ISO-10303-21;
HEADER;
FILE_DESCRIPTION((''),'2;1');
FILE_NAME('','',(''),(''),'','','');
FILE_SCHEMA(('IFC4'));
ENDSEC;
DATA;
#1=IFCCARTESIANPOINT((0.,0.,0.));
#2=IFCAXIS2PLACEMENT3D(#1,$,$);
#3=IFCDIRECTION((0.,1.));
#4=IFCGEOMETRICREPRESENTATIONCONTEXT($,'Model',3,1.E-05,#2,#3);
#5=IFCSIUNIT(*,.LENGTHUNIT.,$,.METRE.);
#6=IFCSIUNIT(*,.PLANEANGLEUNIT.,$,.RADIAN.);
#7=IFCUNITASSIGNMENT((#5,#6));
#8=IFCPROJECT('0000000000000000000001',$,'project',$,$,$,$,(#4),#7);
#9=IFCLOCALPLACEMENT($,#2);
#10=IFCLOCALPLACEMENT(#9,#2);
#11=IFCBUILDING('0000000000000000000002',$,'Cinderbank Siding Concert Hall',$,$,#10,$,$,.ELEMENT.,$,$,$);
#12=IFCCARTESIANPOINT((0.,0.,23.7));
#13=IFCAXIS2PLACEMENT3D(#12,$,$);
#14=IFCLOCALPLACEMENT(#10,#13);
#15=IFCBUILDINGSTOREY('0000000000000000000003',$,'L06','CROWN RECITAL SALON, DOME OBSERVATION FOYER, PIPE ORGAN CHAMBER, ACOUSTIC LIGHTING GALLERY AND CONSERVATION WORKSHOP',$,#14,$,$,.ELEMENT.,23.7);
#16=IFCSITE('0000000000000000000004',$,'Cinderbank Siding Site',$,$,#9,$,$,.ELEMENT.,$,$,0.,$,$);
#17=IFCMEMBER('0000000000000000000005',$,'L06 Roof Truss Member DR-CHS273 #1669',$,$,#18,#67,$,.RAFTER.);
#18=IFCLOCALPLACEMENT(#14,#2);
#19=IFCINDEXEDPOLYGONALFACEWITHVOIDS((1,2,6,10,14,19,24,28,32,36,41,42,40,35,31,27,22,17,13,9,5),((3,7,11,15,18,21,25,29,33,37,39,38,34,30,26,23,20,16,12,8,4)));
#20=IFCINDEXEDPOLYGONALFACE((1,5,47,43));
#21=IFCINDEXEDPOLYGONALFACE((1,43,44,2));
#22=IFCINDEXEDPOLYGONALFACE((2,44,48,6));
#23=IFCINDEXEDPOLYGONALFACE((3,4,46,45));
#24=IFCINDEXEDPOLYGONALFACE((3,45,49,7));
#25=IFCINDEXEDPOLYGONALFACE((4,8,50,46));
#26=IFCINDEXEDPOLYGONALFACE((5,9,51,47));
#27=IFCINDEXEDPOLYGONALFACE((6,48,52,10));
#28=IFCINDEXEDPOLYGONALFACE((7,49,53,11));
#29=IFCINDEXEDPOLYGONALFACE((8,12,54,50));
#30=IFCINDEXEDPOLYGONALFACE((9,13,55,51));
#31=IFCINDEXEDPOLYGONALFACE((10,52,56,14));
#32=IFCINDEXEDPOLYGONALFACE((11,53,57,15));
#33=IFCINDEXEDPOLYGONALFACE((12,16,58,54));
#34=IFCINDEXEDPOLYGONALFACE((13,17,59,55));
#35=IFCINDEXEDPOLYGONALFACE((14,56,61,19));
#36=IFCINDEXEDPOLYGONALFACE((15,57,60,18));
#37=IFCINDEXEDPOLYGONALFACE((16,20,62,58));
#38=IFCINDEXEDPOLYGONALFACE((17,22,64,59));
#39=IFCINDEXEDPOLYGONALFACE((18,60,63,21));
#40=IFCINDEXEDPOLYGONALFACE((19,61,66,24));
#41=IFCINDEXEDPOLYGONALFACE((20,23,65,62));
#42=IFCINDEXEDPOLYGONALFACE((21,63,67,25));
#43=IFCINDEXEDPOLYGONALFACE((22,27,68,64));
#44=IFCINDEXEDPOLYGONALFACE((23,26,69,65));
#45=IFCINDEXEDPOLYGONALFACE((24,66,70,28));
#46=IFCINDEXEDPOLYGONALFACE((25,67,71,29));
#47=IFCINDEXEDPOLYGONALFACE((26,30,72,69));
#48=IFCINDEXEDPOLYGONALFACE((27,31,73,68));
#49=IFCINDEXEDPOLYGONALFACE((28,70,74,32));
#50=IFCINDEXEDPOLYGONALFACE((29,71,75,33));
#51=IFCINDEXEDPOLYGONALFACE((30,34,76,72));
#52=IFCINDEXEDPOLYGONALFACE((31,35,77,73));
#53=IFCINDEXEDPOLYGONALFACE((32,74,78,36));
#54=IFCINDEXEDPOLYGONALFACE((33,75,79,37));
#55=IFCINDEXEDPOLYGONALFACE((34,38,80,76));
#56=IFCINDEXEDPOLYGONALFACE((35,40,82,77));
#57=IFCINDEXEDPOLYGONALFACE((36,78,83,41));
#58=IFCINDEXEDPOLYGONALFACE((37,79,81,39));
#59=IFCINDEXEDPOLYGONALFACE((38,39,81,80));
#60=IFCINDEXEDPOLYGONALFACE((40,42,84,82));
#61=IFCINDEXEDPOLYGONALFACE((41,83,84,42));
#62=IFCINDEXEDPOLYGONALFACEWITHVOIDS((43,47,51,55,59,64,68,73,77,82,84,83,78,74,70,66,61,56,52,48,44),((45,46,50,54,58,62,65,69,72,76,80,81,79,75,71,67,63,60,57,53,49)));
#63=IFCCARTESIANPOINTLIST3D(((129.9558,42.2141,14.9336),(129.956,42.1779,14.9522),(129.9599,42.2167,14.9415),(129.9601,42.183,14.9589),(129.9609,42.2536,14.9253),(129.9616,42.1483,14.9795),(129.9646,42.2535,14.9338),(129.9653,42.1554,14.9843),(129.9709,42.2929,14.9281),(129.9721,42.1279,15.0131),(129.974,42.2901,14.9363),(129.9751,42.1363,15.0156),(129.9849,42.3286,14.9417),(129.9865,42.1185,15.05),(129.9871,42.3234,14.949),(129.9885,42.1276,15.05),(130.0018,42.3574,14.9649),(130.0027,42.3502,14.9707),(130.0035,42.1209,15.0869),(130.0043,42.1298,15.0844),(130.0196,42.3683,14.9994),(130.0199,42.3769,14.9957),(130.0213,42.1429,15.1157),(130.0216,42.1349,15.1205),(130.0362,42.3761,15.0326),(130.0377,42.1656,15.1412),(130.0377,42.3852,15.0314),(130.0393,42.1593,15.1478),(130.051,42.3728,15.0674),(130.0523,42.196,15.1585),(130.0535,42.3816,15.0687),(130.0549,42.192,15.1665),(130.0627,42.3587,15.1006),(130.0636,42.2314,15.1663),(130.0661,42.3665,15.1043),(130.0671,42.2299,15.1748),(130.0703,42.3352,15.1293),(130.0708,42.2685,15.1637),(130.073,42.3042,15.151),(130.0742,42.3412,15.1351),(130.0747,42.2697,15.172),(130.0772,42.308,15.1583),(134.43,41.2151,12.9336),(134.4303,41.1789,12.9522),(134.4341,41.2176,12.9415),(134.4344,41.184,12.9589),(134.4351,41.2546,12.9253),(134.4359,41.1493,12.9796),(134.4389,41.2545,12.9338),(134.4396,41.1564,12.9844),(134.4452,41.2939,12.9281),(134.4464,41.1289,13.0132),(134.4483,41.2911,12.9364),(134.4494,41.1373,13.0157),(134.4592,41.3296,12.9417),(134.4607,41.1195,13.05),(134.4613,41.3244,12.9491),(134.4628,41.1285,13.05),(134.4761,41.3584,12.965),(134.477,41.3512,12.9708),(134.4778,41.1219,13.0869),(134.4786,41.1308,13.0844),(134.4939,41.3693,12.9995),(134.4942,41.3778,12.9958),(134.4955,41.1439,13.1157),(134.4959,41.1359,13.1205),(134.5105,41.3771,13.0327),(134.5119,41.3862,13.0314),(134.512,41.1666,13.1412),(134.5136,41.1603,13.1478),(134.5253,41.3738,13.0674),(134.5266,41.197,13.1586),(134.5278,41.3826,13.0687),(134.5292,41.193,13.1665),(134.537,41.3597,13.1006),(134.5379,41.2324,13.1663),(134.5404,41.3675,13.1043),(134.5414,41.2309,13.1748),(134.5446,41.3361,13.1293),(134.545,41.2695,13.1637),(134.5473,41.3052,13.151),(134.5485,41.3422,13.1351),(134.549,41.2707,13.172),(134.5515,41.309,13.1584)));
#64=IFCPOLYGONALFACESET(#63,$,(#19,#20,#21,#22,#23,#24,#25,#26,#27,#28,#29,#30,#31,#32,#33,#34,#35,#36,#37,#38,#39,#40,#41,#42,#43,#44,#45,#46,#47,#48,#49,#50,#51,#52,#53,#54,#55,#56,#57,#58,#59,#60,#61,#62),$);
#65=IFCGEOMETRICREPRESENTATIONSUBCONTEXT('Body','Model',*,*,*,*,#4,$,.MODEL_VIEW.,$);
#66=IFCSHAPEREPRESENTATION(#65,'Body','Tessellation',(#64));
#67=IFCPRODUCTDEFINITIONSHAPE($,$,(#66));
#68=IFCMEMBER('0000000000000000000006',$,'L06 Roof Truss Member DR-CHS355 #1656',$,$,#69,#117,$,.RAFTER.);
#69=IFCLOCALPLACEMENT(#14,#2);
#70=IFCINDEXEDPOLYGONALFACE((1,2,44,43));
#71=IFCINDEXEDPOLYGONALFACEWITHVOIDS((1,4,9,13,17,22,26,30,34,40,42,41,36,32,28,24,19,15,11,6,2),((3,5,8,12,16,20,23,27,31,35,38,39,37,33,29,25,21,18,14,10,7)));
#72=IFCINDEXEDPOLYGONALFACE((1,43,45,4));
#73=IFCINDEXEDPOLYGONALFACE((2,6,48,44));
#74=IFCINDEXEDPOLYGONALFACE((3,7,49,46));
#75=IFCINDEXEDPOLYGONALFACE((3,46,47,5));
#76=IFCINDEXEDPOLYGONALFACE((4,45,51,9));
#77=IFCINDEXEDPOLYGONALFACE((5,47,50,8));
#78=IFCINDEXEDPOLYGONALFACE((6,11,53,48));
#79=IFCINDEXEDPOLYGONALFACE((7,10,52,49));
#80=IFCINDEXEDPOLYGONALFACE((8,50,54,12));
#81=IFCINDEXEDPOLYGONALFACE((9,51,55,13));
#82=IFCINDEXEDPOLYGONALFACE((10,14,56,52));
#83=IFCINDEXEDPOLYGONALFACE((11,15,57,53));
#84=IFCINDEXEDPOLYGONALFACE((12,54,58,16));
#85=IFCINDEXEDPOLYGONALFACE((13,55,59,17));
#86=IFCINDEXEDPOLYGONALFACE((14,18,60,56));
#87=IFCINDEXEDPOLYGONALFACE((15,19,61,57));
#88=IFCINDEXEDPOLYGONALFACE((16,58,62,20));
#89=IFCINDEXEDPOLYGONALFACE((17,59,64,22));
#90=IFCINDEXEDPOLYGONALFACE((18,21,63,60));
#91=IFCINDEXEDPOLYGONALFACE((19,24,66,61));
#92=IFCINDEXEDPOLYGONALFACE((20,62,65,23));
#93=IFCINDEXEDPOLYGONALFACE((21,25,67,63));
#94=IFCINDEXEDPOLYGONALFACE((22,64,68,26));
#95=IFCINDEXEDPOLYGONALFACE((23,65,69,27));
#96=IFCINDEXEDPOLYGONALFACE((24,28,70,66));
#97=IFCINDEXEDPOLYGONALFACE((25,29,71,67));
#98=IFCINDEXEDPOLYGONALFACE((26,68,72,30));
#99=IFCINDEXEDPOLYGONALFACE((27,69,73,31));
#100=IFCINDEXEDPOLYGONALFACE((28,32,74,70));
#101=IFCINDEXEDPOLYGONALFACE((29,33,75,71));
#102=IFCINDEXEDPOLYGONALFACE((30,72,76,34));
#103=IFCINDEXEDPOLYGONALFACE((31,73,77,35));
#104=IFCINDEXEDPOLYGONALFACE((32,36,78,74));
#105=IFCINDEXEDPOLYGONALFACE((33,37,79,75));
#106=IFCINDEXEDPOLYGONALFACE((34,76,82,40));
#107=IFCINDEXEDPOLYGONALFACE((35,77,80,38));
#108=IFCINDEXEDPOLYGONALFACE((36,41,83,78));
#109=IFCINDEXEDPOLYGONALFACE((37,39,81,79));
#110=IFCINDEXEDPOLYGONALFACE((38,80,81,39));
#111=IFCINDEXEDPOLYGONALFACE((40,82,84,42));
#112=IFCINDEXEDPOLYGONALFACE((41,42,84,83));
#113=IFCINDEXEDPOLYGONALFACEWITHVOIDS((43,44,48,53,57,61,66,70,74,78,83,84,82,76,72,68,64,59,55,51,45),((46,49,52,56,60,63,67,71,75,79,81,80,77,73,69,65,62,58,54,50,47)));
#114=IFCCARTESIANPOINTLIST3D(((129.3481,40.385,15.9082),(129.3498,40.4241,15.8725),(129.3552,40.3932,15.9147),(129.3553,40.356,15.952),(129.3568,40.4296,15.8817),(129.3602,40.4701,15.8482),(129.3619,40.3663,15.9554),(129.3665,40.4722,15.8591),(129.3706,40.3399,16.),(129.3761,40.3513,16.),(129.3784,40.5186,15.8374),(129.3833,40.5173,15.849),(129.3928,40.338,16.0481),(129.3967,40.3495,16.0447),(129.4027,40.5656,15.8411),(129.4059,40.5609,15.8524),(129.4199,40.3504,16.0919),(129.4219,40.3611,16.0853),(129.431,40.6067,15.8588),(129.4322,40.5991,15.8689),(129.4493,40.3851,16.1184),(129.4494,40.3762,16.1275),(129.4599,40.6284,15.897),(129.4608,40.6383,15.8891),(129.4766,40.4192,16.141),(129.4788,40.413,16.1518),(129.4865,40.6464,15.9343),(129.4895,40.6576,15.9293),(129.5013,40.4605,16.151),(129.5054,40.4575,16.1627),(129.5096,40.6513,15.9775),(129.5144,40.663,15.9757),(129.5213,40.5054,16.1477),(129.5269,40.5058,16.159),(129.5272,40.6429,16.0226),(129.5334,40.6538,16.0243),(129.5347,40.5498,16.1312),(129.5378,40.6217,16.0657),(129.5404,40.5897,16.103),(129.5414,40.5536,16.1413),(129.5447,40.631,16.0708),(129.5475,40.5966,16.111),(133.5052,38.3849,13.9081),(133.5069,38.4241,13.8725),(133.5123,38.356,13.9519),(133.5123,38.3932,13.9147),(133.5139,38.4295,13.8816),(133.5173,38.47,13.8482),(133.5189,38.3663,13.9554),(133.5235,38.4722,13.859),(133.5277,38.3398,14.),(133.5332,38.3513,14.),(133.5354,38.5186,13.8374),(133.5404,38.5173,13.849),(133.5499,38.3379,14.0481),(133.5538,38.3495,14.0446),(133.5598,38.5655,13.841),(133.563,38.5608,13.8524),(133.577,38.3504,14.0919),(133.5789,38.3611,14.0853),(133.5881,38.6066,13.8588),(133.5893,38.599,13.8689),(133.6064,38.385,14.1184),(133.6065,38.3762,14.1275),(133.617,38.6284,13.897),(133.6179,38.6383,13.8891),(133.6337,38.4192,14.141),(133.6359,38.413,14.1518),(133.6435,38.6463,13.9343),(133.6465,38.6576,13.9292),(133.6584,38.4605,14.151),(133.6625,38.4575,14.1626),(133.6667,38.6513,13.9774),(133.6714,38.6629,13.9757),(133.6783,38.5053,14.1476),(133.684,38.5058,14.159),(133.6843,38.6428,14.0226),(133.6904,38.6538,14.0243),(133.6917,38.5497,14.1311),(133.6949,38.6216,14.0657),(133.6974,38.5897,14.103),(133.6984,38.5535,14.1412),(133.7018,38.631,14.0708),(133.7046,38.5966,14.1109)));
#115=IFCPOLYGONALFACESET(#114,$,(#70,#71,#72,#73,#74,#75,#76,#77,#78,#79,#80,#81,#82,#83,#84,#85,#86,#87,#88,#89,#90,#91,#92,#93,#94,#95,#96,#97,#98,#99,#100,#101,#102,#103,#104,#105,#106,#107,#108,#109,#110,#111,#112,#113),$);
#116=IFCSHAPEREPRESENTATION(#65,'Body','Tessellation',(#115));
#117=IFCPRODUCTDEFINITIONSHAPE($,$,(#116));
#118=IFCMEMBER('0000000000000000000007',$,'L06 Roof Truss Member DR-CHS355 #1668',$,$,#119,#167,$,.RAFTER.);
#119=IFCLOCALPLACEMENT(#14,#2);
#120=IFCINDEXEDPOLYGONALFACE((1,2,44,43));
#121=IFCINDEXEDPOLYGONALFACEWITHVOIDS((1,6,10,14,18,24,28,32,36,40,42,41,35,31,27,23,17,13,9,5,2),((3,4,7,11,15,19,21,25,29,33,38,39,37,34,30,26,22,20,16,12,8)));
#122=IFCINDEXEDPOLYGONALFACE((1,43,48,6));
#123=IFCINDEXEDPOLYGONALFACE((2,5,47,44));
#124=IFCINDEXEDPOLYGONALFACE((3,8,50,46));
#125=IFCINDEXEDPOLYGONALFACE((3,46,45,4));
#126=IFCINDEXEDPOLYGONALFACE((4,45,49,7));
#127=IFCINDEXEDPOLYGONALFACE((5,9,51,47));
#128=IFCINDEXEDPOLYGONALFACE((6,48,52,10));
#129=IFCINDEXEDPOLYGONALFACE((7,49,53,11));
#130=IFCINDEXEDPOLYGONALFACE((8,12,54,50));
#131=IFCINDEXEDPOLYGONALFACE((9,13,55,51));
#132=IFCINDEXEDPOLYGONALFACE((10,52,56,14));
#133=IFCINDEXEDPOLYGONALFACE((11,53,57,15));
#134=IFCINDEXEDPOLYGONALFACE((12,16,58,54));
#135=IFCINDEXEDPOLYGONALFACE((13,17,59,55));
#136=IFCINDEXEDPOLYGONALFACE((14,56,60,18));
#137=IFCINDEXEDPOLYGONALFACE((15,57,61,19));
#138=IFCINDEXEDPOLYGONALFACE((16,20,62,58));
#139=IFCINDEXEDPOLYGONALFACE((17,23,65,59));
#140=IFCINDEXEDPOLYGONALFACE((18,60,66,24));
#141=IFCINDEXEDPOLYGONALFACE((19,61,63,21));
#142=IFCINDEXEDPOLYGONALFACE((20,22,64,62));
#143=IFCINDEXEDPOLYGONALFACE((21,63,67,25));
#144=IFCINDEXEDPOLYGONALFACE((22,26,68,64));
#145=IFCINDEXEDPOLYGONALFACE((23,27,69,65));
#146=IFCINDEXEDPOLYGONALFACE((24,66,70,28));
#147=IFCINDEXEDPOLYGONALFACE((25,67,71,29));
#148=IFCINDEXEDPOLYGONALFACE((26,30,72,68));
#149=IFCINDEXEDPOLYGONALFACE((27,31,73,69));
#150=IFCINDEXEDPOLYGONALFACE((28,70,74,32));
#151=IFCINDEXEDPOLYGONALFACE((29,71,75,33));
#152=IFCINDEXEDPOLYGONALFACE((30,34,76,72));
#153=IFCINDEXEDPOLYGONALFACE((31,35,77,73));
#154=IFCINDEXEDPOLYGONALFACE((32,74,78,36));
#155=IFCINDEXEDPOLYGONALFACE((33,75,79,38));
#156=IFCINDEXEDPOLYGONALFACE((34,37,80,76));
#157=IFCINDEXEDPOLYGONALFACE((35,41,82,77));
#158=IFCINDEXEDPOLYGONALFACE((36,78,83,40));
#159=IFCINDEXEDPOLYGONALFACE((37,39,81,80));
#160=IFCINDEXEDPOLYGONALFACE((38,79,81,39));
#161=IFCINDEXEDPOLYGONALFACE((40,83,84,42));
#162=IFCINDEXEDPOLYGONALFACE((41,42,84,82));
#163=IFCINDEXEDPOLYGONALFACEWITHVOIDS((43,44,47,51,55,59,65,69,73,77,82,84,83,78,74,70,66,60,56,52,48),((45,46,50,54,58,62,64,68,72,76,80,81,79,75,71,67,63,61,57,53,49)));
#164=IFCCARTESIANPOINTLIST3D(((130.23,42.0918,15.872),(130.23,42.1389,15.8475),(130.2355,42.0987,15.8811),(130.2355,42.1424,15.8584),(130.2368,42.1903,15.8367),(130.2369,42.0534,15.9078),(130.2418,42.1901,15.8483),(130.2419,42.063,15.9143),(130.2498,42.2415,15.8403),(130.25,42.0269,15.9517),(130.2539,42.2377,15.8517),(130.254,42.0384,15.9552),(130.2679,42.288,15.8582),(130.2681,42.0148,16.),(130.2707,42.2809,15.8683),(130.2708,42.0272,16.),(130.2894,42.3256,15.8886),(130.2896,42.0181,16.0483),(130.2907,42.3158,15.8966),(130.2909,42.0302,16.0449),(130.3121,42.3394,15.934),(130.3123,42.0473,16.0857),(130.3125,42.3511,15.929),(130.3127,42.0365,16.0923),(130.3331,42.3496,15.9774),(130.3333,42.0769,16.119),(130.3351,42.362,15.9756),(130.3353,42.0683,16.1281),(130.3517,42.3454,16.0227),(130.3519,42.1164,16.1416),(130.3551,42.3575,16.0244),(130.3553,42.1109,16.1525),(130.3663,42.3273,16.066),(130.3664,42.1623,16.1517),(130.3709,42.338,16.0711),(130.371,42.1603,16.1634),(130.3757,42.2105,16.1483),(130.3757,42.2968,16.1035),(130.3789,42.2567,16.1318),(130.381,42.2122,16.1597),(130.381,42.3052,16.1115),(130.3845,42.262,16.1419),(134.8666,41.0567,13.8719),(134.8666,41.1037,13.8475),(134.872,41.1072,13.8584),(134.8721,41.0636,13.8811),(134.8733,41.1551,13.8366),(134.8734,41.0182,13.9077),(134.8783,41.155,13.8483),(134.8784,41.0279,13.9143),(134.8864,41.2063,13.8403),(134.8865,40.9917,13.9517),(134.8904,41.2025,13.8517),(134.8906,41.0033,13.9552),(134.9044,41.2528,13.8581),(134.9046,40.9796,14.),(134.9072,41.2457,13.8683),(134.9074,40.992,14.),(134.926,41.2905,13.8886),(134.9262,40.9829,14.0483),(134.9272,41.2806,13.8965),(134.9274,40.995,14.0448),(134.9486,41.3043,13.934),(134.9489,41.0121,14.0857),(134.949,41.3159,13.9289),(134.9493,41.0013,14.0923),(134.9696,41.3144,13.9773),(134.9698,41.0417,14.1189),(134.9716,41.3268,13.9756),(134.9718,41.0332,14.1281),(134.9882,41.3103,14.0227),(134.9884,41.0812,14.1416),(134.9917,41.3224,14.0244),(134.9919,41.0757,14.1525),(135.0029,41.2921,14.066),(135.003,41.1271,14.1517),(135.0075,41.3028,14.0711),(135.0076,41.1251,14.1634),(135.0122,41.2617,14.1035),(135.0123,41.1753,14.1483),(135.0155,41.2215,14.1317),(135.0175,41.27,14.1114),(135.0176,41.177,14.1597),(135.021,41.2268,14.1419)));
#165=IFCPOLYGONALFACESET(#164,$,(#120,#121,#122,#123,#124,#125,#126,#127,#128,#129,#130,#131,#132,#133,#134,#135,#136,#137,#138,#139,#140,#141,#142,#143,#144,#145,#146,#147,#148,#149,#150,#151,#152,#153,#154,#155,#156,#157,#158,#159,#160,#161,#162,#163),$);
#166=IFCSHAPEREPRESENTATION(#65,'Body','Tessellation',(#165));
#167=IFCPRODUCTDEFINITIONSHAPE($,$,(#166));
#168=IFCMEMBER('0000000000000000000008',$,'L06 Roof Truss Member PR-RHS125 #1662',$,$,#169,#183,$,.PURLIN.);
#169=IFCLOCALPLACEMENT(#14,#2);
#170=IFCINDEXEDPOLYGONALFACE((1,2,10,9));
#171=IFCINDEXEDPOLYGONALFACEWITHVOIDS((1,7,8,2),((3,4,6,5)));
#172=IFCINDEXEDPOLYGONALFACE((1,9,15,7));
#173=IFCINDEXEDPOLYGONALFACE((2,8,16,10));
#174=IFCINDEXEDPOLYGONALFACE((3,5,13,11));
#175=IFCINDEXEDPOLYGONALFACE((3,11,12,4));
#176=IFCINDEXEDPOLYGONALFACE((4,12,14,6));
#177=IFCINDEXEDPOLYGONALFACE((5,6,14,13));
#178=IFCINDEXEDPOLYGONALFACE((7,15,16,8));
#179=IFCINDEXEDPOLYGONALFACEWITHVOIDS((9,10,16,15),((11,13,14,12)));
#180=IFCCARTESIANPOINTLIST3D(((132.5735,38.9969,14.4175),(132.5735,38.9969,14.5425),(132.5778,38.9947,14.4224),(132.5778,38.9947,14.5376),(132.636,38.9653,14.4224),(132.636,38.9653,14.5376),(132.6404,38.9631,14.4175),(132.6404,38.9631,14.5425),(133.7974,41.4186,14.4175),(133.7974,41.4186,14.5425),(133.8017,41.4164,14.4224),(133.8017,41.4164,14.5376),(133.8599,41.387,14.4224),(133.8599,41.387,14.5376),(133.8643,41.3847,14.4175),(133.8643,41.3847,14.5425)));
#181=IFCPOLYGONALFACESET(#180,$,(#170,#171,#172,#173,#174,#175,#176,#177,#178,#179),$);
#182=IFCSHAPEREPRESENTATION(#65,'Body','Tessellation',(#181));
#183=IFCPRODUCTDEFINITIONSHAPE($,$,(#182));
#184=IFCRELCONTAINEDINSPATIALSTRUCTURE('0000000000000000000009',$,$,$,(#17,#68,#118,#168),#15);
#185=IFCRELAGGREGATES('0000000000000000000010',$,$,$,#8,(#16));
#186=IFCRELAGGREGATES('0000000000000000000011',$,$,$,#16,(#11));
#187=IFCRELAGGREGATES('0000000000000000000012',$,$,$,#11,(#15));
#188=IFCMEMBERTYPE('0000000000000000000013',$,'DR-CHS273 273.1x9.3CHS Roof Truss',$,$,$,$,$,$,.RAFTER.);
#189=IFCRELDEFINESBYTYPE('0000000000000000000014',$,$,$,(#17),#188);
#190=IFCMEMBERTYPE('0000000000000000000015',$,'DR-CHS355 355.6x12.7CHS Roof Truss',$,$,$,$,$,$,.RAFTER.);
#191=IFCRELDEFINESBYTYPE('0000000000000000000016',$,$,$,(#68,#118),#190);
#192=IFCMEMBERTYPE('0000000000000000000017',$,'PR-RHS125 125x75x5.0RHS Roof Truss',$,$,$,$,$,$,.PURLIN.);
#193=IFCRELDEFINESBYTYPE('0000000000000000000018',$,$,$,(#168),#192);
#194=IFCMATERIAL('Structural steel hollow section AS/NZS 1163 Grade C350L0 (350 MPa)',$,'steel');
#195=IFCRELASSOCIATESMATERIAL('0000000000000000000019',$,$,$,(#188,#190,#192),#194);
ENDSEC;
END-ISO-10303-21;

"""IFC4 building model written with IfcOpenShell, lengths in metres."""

from ifc_helpers import new_model, si_unit, direction, frame, origin, origin_2d, place, context, subcontext, project, spatial, hollow_rectangle, hollow_circle, extrude, material, material_profile, profile_set, type_object, element, save


model = new_model("IFC4")

# Units and contexts
model_context = context("Model", 3, precision=1e-05, world=origin(), true_north=direction((0.0, 1.0)))
body_context = subcontext(model_context, "Body", "Model", "MODEL_VIEW")
ifc_project = project(units=[si_unit("LENGTHUNIT", "METRE"), si_unit("PLANEANGLEUNIT", "RADIAN")], contexts=[model_context])

# Site, building, storey
site_placement = place(None, origin())
site = spatial("IfcSite", under=ifc_project, at=site_placement, Name="Cinderbank Siding Site", CompositionType="ELEMENT", RefElevation=0.0)
building_placement = place(site_placement, origin())
building = spatial("IfcBuilding", under=site, at=building_placement, Name="Cinderbank Siding Concert Hall", CompositionType="ELEMENT")
storey_placement = place(building_placement, frame((0.0, 0.0, 23.7)))
storey = spatial("IfcBuildingStorey", under=building, at=storey_placement, Name="L06", Description="CROWN RECITAL SALON, DOME OBSERVATION FOYER, PIPE ORGAN CHAMBER, ACOUSTIC LIGHTING GALLERY AND CONSERVATION WORKSHOP", CompositionType="ELEMENT", Elevation=23.7)

# Members
ifc_material_1 = material(Name="Structural steel hollow section AS/NZS 1163 Grade C350L0 (350 MPa)", Category="steel")
ifc_material_profile_1 = material_profile(ifc_material_1, hollow_circle(Radius=0.1365, WallThickness=0.0093, at=origin_2d()), Name="273.1x9.3CHS", Category="LoadBearing")
ifc_profile_set_1 = profile_set([ifc_material_profile_1], Name="Structural steel hollow section AS/NZS 1163 Grade C350L0 (350 MPa)")
member_type_1 = type_object("IfcMemberType", Name="DR-CHS273 273.1x9.3CHS Roof Truss", PredefinedType="RAFTER", material=ifc_profile_set_1)
member_1_placement = place(storey_placement, frame((134.4905, 41.2527, 13.05), z_axis=(-0.894551, 0.199733, 0.399856), x_axis=(-0.217911, -0.975969, 0.0)))
element("IfcMember", 1, at=member_1_placement, inside=storey, type_object=member_type_1, Name="L06 Roof Truss Member DR-CHS273 #1669", PredefinedType="RAFTER", context=body_context, shape_type="SweptSolid", body=[
    extrude(hollow_circle(Radius=0.1365, WallThickness=0.0093, at=origin_2d()), origin(), (0.0, 0.0, 1.0), 5.0017),
])
ifc_material_profile_2 = material_profile(ifc_material_1, hollow_circle(Radius=0.1777, WallThickness=0.0127, at=origin_2d()), Name="355.6x12.7CHS", Category="LoadBearing")
ifc_profile_set_2 = profile_set([ifc_material_profile_2], Name="Structural steel hollow section AS/NZS 1163 Grade C350L0 (350 MPa)")
member_type_2 = type_object("IfcMemberType", Name="DR-CHS355 355.6x12.7CHS Roof Truss", PredefinedType="RAFTER", material=ifc_profile_set_2)
member_2_placement = place(storey_placement, frame((133.6047, 38.5, 14.0), z_axis=(-0.826771, 0.397775, 0.397775), x_axis=(-0.43355, -0.90113, 0.0)))
element("IfcMember", 2, at=member_2_placement, inside=storey, type_object=member_type_2, Name="L06 Roof Truss Member DR-CHS355 #1656", PredefinedType="RAFTER", context=body_context, shape_type="SweptSolid", body=[
    extrude(hollow_circle(Radius=0.1777, WallThickness=0.0127, at=origin_2d()), origin(), (0.0, 0.0, 1.0), 5.0281),
])
member_3_placement = place(storey_placement, frame((134.9434, 41.1531, 14.0), z_axis=(-0.899508, 0.200827, 0.388014), x_axis=(-0.217899, -0.975971, 0.0)))
element("IfcMember", 3, at=member_3_placement, inside=storey, type_object=member_type_2, Name="L06 Roof Truss Member DR-CHS355 #1668", PredefinedType="RAFTER", context=body_context, shape_type="SweptSolid", body=[
    extrude(hollow_circle(Radius=0.1777, WallThickness=0.0127, at=origin_2d()), origin(), (0.0, 0.0, 1.0), 5.1545),
])
ifc_material_profile_3 = material_profile(ifc_material_1, hollow_rectangle(XDim=0.075, YDim=0.125, WallThickness=0.0049, at=origin_2d()), Name="125x75x5.0RHS", Category="LoadBearing")
ifc_profile_set_3 = profile_set([ifc_material_profile_3], Name="Structural steel hollow section AS/NZS 1163 Grade C350L0 (350 MPa)")
member_type_3 = type_object("IfcMemberType", Name="PR-RHS125 125x75x5.0RHS Roof Truss", PredefinedType="PURLIN", material=ifc_profile_set_3)
member_4_placement = place(storey_placement, frame((132.6069, 38.98, 14.48), z_axis=(0.451061, 0.892493, 0.0), x_axis=(-0.892493, 0.451061, 0.0)))
element("IfcMember", 4, at=member_4_placement, inside=storey, type_object=member_type_3, Name="L06 Roof Truss Member PR-RHS125 #1662", PredefinedType="PURLIN", context=body_context, shape_type="SweptSolid", body=[
    extrude(hollow_rectangle(XDim=0.075, YDim=0.125, WallThickness=0.0049, at=origin_2d()), origin(), (0.0, 0.0, 1.0), 2.7134),
])

save(model, "model.ifc")
